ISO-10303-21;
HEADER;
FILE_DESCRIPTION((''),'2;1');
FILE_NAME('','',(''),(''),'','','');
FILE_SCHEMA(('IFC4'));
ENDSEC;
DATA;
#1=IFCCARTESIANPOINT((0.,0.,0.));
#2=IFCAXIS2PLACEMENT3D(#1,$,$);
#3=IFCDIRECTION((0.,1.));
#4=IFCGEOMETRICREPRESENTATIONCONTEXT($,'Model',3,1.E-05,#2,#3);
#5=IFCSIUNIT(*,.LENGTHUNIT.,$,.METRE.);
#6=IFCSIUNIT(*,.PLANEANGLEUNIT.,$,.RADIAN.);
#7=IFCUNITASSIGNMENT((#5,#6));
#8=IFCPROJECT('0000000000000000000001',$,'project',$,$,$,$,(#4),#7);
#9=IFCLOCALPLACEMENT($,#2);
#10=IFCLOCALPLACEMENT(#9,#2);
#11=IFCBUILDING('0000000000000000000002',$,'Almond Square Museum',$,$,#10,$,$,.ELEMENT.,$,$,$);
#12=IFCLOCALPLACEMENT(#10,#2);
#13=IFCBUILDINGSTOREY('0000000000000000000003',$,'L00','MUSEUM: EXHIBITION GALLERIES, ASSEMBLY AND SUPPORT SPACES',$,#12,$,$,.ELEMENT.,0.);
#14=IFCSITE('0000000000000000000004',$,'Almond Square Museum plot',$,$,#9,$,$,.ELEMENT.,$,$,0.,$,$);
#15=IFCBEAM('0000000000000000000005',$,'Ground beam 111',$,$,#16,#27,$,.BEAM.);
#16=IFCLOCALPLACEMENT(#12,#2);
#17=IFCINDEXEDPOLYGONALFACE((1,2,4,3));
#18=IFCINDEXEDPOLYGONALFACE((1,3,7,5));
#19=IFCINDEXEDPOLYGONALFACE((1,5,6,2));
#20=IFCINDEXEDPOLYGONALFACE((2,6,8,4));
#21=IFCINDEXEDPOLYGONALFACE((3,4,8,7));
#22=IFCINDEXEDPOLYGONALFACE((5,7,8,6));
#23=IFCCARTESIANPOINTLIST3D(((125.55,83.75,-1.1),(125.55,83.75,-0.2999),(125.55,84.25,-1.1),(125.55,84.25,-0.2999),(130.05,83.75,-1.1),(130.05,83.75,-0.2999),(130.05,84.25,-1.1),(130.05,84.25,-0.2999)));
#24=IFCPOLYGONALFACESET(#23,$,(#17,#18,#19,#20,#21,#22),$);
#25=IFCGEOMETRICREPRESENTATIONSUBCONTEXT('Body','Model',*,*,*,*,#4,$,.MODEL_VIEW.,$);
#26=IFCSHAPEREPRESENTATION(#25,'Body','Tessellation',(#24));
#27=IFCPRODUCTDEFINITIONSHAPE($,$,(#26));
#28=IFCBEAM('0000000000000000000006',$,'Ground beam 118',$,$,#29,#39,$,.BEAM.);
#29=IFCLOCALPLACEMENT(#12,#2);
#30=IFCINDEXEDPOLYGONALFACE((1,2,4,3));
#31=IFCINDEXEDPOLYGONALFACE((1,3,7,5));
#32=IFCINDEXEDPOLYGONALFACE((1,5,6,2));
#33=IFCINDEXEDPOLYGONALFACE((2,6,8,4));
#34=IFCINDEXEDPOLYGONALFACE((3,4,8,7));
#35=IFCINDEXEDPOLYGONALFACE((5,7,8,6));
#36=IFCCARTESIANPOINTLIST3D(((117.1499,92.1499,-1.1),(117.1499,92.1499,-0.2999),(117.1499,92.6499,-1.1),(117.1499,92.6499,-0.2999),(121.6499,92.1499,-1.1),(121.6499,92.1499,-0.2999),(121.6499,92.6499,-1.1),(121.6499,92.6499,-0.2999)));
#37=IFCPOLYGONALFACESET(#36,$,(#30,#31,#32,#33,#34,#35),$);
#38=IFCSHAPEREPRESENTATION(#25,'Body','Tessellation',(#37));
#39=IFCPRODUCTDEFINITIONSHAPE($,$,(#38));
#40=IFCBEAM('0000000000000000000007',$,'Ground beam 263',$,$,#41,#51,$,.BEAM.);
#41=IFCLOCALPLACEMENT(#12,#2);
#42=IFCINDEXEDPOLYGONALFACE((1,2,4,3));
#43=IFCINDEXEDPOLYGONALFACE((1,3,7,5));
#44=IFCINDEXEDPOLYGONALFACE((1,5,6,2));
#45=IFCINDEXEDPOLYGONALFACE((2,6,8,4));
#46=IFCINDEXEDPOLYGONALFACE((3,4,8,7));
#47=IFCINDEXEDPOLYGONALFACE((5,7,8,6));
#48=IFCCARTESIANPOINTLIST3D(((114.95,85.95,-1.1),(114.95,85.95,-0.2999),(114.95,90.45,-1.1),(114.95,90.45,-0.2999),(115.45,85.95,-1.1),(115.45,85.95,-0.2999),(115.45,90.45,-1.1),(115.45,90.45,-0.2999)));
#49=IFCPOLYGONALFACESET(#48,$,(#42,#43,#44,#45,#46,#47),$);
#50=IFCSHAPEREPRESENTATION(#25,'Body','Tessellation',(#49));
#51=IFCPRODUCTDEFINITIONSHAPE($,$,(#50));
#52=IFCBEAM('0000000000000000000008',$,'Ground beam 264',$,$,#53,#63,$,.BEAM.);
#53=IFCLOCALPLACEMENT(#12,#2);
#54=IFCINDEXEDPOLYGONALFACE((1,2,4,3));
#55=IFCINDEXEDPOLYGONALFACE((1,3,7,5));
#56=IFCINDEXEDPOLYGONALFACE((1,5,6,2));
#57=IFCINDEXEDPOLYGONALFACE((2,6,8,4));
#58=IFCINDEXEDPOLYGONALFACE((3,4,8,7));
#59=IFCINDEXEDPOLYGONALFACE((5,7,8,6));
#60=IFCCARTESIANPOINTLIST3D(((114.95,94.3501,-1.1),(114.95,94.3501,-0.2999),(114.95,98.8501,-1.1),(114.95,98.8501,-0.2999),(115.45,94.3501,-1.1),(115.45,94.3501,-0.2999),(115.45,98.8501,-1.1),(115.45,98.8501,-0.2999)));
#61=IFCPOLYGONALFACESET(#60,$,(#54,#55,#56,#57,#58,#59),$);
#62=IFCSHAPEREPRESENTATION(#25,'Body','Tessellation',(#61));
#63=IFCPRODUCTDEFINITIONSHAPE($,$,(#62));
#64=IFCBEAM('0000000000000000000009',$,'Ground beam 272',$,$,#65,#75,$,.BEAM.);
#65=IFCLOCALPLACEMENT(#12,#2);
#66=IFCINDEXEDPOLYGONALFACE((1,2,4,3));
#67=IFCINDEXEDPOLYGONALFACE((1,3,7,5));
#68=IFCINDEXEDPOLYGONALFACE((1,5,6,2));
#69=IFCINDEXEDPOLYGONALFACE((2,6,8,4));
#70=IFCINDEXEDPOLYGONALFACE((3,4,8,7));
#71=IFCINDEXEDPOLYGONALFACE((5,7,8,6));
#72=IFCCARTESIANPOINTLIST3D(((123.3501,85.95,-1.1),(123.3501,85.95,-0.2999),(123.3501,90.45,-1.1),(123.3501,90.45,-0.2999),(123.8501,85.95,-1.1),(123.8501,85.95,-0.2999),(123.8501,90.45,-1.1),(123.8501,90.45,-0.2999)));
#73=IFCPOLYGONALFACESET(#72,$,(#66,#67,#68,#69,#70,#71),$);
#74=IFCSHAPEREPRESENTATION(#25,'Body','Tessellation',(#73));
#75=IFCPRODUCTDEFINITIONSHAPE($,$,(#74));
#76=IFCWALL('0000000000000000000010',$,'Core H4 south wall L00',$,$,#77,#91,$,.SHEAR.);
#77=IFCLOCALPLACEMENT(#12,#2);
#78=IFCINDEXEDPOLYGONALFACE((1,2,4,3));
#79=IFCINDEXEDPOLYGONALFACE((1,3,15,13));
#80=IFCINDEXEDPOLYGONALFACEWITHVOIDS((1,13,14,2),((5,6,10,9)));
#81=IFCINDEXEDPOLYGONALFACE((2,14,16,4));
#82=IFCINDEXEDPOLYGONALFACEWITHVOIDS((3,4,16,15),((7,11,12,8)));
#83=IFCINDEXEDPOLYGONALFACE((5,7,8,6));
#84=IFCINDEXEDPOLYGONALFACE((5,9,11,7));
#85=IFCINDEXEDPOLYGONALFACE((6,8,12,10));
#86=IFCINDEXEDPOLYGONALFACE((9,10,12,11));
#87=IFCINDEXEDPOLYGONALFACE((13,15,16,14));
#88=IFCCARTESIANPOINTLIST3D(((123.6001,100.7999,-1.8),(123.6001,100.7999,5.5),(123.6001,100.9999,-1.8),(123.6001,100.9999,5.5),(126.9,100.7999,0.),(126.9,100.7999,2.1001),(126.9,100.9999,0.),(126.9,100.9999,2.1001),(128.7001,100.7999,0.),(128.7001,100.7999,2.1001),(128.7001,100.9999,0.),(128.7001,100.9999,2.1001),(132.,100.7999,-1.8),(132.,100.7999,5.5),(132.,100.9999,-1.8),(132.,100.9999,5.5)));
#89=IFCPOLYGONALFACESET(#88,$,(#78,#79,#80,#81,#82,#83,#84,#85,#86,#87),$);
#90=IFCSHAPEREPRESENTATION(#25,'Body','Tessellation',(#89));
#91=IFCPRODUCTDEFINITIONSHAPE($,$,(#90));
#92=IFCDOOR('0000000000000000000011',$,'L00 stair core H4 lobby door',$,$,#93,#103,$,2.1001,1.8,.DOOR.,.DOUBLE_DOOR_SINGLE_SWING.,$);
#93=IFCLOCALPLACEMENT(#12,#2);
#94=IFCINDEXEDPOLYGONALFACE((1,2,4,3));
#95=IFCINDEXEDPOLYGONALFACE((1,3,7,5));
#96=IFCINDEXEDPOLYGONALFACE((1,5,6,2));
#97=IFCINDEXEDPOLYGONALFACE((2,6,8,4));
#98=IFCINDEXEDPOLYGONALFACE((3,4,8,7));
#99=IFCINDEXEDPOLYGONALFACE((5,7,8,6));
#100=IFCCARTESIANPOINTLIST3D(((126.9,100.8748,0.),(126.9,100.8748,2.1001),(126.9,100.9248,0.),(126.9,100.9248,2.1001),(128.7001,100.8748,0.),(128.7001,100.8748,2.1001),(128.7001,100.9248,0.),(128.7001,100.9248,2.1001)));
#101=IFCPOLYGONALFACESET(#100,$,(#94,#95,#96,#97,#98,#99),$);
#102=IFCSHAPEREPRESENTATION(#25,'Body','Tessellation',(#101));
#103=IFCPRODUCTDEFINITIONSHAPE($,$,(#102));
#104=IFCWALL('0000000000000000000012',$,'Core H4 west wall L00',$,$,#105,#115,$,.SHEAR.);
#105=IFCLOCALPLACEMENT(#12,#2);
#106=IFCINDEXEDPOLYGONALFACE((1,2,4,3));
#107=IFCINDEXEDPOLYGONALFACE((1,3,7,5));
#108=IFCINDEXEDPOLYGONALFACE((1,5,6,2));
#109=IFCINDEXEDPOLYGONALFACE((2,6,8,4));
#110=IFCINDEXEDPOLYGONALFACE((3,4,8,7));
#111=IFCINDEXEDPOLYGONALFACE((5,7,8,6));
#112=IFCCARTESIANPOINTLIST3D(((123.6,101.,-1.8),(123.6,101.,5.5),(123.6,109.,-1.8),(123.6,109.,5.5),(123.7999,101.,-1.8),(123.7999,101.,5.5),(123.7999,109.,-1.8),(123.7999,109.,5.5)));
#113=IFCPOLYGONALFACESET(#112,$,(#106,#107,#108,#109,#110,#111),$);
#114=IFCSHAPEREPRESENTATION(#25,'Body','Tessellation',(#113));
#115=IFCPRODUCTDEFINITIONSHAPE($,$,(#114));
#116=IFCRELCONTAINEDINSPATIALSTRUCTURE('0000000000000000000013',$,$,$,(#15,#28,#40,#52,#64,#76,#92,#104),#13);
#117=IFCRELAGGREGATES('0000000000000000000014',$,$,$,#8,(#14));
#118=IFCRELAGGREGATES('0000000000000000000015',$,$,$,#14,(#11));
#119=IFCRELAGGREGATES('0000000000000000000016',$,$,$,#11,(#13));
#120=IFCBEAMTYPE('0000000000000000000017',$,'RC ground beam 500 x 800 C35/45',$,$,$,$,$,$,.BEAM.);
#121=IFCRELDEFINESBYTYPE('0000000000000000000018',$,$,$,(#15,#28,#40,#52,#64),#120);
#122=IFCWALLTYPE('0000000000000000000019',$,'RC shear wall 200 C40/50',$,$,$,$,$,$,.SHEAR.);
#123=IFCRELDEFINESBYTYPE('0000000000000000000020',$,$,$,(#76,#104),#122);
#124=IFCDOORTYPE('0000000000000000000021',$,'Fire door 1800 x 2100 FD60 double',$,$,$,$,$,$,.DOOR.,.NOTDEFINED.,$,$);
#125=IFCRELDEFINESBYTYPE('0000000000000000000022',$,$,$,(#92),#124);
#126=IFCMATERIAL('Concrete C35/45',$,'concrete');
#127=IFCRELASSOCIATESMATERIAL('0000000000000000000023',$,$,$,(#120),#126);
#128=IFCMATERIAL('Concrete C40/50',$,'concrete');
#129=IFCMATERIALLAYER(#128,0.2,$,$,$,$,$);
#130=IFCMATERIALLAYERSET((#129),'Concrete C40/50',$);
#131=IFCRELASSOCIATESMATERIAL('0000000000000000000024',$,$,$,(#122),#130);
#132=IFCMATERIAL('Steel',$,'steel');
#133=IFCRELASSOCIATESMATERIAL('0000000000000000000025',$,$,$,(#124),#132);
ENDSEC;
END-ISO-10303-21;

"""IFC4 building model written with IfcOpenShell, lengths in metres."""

from ifc_helpers import new_model, si_unit, direction, frame, frame_2d, origin, origin_2d, place, context, subcontext, project, spatial, rectangle, extrude, material, layer, layer_set, material_profile, profile_set, type_object, element, fill, save


model = new_model("IFC4")

# Units and contexts
model_context = context("Model", 3, precision=1e-05, world=origin(), true_north=direction((0.0, 1.0)))
body_context = subcontext(model_context, "Body", "Model", "MODEL_VIEW")
ifc_project = project(units=[si_unit("LENGTHUNIT", "METRE"), si_unit("PLANEANGLEUNIT", "RADIAN")], contexts=[model_context])

# Site, building, storey
site_placement = place(None, origin())
site = spatial("IfcSite", under=ifc_project, at=site_placement, Name="Almond Square Museum plot", CompositionType="ELEMENT", RefElevation=0.0)
building_placement = place(site_placement, origin())
building = spatial("IfcBuilding", under=site, at=building_placement, Name="Almond Square Museum", CompositionType="ELEMENT")
storey_placement = place(building_placement, origin())
storey = spatial("IfcBuildingStorey", under=building, at=storey_placement, Name="L00", Description="MUSEUM: EXHIBITION GALLERIES, ASSEMBLY AND SUPPORT SPACES", CompositionType="ELEMENT", Elevation=0.0)

# Beams
ifc_material_1 = material(Name="Concrete C35/45", Category="concrete")
ifc_material_profile_1 = material_profile(ifc_material_1, rectangle(XDim=0.5, YDim=0.8, at=origin_2d()))
ifc_profile_set_1 = profile_set([ifc_material_profile_1], Name="Concrete C35/45")
beam_type = type_object("IfcBeamType", Name="RC ground beam 500 x 800 C35/45", PredefinedType="BEAM", material=ifc_profile_set_1)
for number, where, z_axis, x_axis, name in (
    (1, (125.55, 84.0, -0.7), (1.0, 0.0, 0.0), (0.0, 1.0, 0.0), "Ground beam 111"),
    (2, (117.1499, 92.3999, -0.7), (1.0, 0.0, 0.0), (0.0, 1.0, 0.0), "Ground beam 118"),
    (3, (115.2, 85.95, -0.7), (0.0, 1.0, 0.0), (-1.0, 0.0, 0.0), "Ground beam 263"),
    (4, (115.2, 94.3501, -0.7), (0.0, 1.0, 0.0), (-1.0, 0.0, 0.0), "Ground beam 264"),
    (5, (123.6001, 85.95, -0.7), (0.0, 1.0, 0.0), (-1.0, 0.0, 0.0), "Ground beam 272"),
):
    element("IfcBeam", number, at=place(storey_placement, frame(where, z_axis=z_axis, x_axis=x_axis)), inside=storey, type_object=beam_type, Name=name, PredefinedType="BEAM", context=body_context, shape_type="SweptSolid", body=[
        extrude(rectangle(XDim=0.5, YDim=0.8, at=origin_2d()), origin(), (0.0, 0.0, 1.0), 4.5),
    ])

# Wall, opening, door
ifc_material_2 = material(Name="Concrete C40/50", Category="concrete")
ifc_layer_1 = layer(ifc_material_2, 0.2)
ifc_layer_set_1 = layer_set([ifc_layer_1], Name="Concrete C40/50")
wall_type_1 = type_object("IfcWallType", Name="RC shear wall 200 C40/50", PredefinedType="SHEAR", material=ifc_layer_set_1)
wall_1_placement = place(storey_placement, frame((123.6001, 100.8999, -1.8), z_axis=(0.0, 0.0, 1.0), x_axis=(1.0, 0.0, 0.0)))
wall_1 = element("IfcWall", 6, at=wall_1_placement, inside=storey, type_object=wall_type_1, Name="Core H4 south wall L00", PredefinedType="SHEAR", context=body_context, shape_type="SweptSolid", body=[
    extrude(rectangle(XDim=8.3999, YDim=0.2, at=frame_2d((4.2, 0.0))), origin(), (0.0, 0.0, 1.0), 7.3),
])
opening_1_placement = place(wall_1_placement, frame((3.3, 0.0, 1.8)))
opening_1 = element("IfcOpeningElement", 7, at=opening_1_placement, cuts=wall_1, PredefinedType="OPENING", context=body_context, shape_type="SweptSolid", body=[
    extrude(rectangle(XDim=1.8, YDim=2.1001, at=frame_2d((0.8999, 1.05))), frame((0.0, 0.1099, 0.0), z_axis=(0.0, -1.0, 0.0), x_axis=(1.0, 0.0, 0.0)), (0.0, 0.0, 1.0), 0.22),
])
ifc_material_3 = material(Name="Steel", Category="steel")
door_type_1 = type_object("IfcDoorType", Name="Fire door 1800 x 2100 FD60 double", OperationType="NOTDEFINED", PredefinedType="DOOR", material=ifc_material_3)
door_1_placement = place(opening_1_placement, origin())
door_1 = element("IfcDoor", 8, at=door_1_placement, inside=storey, type_object=door_type_1, Name="L00 stair core H4 lobby door", OperationType="DOUBLE_DOOR_SINGLE_SWING", OverallHeight=2.1001, OverallWidth=1.8, PredefinedType="DOOR", context=body_context, shape_type="SweptSolid", body=[
    extrude(rectangle(XDim=1.8, YDim=2.1001, at=frame_2d((0.8999, 1.05))), frame((0.0, 0.0249, 0.0), z_axis=(0.0, -1.0, 0.0), x_axis=(1.0, 0.0, 0.0)), (0.0, 0.0, 1.0), 0.05),
])
fill(opening_1, door_1)

# Wall
wall_2_placement = place(storey_placement, frame((123.7, 101.0, -1.8), z_axis=(0.0, 0.0, 1.0), x_axis=(0.0, 1.0, 0.0)))
element("IfcWall", 9, at=wall_2_placement, inside=storey, type_object=wall_type_1, Name="Core H4 west wall L00", PredefinedType="SHEAR", context=body_context, shape_type="SweptSolid", body=[
    extrude(rectangle(XDim=8.0, YDim=0.2, at=frame_2d((4.0, 0.0))), origin(), (0.0, 0.0, 1.0), 7.3),
])

save(model, "model.ifc")
